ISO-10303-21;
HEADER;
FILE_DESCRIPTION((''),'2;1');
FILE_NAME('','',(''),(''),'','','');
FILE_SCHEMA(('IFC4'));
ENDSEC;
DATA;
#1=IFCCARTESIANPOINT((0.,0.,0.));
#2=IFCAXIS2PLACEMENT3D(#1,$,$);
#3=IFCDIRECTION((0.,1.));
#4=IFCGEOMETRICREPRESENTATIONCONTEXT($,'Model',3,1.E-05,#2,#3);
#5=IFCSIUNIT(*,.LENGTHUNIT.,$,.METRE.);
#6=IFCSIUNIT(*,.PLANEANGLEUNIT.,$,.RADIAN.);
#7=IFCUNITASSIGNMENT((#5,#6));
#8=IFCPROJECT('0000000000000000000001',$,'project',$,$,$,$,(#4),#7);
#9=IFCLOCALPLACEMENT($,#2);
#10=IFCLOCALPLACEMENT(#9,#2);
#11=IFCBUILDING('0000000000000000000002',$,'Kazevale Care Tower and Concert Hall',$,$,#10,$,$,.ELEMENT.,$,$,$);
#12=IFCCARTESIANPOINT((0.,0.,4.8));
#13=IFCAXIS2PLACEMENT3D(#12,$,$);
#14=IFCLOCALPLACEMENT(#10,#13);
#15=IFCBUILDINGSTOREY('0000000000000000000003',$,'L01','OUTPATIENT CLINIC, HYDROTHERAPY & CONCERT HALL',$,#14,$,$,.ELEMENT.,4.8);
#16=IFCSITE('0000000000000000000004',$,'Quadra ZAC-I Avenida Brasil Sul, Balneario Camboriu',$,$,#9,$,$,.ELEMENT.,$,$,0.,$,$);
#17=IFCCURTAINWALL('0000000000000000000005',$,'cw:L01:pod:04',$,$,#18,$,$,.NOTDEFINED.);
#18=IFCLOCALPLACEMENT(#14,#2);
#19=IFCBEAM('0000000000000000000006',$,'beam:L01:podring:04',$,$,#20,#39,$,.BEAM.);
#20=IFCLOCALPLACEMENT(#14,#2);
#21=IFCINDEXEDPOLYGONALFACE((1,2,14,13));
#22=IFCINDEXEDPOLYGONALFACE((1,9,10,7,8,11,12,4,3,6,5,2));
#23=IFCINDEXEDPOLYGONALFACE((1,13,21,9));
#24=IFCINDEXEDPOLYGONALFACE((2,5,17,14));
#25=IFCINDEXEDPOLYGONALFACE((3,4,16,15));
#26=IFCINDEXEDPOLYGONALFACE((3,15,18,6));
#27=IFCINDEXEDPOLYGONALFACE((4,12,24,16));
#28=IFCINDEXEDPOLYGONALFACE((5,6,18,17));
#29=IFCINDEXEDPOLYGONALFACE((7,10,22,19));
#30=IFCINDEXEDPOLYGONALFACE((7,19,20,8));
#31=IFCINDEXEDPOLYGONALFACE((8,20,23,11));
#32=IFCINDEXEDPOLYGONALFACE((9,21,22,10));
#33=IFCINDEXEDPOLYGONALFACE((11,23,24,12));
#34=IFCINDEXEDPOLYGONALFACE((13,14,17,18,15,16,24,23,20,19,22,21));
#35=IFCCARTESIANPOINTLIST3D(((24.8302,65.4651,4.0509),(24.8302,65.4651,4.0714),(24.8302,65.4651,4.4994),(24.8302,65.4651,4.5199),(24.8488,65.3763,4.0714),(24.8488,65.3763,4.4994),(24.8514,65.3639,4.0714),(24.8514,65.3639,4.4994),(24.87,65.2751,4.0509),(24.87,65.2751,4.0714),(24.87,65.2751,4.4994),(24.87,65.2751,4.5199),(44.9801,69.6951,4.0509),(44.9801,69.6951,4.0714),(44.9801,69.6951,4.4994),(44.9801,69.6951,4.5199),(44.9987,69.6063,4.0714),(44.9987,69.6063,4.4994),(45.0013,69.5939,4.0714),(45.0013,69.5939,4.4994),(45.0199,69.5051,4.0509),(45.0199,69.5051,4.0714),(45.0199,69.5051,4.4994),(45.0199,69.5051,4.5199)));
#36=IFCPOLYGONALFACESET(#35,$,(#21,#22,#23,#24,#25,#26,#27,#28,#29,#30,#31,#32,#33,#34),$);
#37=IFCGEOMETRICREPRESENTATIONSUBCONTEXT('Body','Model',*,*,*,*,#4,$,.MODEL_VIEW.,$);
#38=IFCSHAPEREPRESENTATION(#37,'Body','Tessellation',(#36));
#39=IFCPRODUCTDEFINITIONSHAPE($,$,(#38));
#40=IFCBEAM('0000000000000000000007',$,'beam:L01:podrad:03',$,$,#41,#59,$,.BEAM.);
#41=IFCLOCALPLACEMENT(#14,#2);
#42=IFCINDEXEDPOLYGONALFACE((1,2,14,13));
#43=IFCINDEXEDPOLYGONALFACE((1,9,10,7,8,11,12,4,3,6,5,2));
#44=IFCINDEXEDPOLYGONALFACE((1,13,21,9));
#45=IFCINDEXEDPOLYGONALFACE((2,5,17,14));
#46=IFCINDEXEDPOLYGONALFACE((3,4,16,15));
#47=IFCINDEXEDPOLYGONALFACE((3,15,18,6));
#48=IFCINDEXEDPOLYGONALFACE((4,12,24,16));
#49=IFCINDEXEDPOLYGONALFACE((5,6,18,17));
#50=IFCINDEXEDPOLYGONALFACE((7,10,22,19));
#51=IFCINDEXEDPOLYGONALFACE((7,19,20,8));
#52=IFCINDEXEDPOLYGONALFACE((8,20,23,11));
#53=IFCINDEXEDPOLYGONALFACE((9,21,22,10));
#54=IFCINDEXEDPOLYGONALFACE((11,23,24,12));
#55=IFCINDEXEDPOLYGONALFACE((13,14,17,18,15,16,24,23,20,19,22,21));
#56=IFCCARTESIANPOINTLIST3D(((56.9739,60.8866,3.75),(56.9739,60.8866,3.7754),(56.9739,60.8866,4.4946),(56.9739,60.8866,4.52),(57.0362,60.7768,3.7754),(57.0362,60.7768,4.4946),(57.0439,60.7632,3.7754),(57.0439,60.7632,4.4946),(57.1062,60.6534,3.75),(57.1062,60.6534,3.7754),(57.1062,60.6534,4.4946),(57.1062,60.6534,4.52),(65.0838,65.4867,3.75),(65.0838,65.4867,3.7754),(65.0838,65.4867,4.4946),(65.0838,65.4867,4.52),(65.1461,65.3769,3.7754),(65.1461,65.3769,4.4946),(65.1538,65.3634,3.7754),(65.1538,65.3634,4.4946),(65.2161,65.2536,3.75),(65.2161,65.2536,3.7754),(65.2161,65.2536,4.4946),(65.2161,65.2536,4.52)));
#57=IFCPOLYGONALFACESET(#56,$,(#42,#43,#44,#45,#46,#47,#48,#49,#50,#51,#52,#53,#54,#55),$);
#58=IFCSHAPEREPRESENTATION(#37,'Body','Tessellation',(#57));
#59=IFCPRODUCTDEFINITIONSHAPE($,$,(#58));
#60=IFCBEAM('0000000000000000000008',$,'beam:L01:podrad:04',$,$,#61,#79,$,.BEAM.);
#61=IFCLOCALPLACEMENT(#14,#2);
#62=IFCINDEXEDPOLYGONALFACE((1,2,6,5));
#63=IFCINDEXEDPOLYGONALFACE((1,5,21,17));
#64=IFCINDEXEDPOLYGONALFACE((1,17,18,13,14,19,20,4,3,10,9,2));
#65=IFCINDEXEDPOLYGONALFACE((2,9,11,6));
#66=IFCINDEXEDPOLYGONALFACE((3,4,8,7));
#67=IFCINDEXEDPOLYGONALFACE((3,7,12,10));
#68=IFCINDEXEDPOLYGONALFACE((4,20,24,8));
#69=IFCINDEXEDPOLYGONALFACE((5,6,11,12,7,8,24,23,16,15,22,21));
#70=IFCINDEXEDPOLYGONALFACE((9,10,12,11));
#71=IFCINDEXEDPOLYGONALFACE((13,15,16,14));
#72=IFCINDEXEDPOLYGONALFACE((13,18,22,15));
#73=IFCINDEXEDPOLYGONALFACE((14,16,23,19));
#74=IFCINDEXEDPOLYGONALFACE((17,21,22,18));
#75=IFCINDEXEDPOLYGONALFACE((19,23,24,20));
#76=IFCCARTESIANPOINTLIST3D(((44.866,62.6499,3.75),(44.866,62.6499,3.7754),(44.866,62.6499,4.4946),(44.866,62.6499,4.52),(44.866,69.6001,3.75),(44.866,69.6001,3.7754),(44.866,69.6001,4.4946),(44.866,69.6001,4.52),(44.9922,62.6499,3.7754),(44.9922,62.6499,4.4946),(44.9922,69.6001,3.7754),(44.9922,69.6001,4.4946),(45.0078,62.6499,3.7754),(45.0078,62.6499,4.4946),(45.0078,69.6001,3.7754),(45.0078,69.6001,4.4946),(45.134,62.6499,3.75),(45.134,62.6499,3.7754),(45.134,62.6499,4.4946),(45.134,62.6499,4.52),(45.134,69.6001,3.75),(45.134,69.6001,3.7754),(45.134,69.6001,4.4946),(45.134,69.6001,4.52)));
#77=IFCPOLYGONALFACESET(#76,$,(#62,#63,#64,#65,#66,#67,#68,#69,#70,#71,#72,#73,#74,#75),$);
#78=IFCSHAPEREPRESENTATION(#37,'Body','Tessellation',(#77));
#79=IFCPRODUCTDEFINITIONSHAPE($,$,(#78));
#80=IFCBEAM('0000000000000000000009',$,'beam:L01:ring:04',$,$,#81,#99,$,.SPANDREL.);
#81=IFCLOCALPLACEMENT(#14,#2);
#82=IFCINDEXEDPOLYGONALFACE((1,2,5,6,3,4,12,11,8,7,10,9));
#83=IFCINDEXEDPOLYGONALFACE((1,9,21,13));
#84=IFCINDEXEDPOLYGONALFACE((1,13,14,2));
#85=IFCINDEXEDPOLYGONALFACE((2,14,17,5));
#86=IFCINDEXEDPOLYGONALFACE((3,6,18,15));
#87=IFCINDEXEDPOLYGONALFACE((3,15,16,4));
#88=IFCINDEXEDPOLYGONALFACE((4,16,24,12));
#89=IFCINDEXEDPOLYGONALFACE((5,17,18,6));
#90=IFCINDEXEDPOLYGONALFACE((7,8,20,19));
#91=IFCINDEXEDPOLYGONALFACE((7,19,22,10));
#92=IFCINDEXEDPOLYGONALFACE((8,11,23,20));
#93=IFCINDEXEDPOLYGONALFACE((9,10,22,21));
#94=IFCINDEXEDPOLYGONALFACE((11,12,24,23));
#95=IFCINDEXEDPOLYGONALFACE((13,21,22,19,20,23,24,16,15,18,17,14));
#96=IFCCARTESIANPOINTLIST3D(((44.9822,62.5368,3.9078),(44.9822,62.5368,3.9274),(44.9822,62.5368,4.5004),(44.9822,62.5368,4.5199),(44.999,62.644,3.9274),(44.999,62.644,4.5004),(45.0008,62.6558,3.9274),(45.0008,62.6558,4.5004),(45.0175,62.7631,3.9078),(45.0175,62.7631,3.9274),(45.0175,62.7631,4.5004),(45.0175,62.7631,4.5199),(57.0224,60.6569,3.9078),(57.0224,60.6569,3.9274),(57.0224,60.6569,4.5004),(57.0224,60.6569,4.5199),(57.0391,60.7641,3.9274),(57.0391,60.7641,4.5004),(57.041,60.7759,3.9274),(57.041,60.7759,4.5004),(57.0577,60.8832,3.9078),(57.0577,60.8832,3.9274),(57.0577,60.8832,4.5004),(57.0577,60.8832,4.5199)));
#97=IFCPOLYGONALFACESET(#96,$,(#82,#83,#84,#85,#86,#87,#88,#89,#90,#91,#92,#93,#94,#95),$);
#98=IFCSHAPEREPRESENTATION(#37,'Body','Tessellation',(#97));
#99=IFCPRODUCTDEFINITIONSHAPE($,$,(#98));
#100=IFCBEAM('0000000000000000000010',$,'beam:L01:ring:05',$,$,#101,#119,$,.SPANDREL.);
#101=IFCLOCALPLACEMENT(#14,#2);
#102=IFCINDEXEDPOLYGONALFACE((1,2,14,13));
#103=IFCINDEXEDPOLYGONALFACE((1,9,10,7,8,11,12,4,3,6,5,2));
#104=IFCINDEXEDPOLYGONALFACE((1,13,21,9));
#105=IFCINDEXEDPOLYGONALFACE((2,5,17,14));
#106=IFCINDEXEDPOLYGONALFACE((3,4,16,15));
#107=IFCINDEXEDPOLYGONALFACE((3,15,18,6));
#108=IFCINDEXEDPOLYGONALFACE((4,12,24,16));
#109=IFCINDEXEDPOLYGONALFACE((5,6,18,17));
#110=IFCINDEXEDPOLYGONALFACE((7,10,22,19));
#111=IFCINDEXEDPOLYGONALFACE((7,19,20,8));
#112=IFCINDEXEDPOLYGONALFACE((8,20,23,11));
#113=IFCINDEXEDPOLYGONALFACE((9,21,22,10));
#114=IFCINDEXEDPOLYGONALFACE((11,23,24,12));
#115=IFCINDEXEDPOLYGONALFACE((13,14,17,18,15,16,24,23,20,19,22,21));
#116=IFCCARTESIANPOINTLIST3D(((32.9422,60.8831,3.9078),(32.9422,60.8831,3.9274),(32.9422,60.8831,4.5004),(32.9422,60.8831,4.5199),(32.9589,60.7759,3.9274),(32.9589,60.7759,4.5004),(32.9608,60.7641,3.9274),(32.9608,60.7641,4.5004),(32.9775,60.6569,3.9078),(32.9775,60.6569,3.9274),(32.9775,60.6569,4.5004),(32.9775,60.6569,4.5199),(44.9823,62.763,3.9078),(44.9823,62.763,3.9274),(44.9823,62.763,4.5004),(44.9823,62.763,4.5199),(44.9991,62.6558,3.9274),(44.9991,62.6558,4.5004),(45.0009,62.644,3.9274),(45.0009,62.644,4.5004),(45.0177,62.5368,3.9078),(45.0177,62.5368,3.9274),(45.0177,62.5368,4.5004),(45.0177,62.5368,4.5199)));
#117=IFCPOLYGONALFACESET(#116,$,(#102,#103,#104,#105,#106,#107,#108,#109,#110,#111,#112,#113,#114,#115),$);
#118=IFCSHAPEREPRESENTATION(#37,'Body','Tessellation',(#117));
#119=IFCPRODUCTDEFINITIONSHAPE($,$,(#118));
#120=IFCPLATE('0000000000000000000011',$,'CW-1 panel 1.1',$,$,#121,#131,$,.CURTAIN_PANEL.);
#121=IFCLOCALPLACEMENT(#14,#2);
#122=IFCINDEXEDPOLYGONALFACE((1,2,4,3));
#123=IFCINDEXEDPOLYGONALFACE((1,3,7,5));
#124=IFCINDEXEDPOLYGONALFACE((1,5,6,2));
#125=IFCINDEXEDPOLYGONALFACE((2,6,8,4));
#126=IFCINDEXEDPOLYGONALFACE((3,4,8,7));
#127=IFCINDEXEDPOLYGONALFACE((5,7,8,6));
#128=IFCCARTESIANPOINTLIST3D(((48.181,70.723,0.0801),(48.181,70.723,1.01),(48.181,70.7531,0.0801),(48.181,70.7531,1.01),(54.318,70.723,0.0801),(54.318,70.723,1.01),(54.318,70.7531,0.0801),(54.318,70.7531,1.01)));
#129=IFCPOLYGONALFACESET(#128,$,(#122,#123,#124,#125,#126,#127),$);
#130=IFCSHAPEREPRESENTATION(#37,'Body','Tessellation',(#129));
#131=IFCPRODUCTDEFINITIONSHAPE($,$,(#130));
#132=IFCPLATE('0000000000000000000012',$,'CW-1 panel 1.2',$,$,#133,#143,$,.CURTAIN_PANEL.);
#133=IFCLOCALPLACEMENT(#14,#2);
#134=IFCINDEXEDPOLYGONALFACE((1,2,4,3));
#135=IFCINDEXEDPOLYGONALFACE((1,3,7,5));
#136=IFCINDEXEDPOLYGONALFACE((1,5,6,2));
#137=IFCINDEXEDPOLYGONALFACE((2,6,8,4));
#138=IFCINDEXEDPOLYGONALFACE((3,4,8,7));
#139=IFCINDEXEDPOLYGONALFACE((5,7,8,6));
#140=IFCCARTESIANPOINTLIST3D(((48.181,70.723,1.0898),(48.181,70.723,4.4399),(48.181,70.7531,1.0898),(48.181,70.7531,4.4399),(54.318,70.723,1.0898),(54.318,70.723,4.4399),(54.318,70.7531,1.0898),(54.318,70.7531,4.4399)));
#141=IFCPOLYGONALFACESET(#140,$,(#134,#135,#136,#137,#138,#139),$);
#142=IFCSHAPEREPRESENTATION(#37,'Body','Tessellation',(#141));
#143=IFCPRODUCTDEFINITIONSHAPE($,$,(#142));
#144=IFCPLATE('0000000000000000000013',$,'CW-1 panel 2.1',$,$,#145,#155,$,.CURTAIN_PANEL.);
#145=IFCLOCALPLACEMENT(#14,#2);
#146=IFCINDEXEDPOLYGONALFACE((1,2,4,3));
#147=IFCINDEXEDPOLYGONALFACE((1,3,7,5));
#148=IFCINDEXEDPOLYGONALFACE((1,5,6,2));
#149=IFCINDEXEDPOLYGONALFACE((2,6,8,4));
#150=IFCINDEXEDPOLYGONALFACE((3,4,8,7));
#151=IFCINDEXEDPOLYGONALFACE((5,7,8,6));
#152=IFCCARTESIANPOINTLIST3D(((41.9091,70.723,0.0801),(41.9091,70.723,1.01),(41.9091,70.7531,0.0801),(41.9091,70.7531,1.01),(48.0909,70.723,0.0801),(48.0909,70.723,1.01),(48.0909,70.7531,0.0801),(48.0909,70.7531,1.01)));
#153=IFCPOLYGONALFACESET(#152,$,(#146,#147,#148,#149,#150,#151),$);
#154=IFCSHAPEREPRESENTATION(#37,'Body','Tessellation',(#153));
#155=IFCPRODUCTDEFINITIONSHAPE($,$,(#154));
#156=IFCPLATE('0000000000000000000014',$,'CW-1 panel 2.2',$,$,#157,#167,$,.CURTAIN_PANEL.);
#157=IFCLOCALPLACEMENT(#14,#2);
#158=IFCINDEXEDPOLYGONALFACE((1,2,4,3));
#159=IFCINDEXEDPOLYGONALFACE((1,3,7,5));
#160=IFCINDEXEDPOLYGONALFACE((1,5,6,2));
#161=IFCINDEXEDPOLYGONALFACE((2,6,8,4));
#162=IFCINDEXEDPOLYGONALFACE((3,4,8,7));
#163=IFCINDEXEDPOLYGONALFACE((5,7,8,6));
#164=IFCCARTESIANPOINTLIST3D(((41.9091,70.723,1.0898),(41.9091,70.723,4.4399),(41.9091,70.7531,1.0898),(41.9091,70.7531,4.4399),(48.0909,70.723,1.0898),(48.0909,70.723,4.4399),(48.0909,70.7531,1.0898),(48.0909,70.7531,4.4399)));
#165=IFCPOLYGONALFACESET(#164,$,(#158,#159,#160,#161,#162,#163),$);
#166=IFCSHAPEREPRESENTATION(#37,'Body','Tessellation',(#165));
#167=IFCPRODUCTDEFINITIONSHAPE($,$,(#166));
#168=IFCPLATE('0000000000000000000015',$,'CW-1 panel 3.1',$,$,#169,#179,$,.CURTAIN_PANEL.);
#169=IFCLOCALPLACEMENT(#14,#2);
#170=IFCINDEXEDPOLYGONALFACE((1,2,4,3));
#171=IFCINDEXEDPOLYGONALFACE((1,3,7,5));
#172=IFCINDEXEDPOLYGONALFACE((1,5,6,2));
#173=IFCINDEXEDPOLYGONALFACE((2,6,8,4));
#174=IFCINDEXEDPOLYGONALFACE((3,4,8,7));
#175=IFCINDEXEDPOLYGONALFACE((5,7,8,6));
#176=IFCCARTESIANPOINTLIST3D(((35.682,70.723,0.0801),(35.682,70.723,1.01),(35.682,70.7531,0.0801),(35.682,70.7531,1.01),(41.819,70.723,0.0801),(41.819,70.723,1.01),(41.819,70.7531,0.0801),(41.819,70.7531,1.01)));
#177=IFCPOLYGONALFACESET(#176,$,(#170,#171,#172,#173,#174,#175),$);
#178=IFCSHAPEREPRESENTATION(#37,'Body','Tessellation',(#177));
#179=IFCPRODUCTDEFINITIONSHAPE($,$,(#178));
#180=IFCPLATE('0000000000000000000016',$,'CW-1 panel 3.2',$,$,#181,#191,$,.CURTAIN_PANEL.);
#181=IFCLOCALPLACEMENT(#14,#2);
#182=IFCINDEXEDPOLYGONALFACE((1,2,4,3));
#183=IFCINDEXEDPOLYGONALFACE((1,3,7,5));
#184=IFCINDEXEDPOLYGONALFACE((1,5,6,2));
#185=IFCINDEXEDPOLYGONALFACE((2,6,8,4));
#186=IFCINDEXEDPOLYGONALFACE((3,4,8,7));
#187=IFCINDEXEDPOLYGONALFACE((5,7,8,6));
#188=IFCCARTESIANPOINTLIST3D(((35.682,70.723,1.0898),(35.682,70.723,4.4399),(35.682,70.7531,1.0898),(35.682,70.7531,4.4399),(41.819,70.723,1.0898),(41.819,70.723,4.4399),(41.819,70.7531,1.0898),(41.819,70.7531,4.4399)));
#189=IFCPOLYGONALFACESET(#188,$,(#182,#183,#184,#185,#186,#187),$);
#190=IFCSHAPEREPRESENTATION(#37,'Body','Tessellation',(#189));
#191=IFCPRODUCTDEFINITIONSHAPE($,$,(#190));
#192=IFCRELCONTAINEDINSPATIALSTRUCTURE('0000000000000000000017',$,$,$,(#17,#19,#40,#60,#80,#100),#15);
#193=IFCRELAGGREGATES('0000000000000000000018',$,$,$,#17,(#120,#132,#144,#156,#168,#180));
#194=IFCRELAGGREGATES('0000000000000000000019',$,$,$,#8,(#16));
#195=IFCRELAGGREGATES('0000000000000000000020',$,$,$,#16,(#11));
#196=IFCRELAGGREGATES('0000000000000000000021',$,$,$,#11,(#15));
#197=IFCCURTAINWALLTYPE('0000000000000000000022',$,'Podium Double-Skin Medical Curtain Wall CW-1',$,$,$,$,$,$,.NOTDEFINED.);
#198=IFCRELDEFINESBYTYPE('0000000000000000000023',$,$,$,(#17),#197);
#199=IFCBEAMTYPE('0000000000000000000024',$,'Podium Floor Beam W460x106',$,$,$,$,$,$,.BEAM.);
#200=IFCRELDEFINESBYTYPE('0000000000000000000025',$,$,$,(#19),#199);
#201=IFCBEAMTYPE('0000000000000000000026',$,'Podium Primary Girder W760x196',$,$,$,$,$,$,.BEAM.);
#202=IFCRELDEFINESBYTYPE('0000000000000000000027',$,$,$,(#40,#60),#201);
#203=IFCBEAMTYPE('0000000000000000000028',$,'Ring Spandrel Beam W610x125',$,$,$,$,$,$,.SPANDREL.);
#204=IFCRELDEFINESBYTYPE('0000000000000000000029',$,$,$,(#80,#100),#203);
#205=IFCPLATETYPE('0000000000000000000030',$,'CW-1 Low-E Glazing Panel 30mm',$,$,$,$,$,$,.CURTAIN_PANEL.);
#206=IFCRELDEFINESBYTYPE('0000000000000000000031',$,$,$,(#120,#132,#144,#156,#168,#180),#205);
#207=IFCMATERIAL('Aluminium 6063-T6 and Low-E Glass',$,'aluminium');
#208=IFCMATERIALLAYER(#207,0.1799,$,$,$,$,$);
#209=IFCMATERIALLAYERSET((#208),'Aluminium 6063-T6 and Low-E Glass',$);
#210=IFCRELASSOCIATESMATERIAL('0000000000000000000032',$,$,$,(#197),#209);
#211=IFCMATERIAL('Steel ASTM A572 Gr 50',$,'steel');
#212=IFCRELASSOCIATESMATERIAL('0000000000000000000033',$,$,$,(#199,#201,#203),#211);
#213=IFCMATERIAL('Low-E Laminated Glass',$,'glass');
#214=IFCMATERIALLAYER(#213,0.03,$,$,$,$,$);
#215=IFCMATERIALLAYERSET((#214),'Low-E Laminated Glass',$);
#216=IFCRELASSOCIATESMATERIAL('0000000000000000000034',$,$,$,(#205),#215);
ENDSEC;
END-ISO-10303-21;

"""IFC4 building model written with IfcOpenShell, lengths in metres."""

from ifc_helpers import new_model, si_unit, direction, frame, origin, origin_2d, place, context, subcontext, project, spatial, rectangle, i_section, extrude, material, layer, layer_set, material_profile, profile_set, type_object, element, aggregate, save


model = new_model("IFC4")

# Units and contexts
model_context = context("Model", 3, precision=1e-05, world=origin(), true_north=direction((0.0, 1.0)))
body_context = subcontext(model_context, "Body", "Model", "MODEL_VIEW")
ifc_project = project(units=[si_unit("LENGTHUNIT", "METRE"), si_unit("PLANEANGLEUNIT", "RADIAN")], contexts=[model_context])

# Site, building, storey
site_placement = place(None, origin())
site = spatial("IfcSite", under=ifc_project, at=site_placement, Name="Quadra ZAC-I Avenida Brasil Sul, Balneario Camboriu", CompositionType="ELEMENT", RefElevation=0.0)
building_placement = place(site_placement, origin())
building = spatial("IfcBuilding", under=site, at=building_placement, Name="Kazevale Care Tower and Concert Hall", CompositionType="ELEMENT")
storey_placement = place(building_placement, frame((0.0, 0.0, 4.8)))
storey = spatial("IfcBuildingStorey", under=building, at=storey_placement, Name="L01", Description="OUTPATIENT CLINIC, HYDROTHERAPY & CONCERT HALL", CompositionType="ELEMENT", Elevation=4.8)

# Curtain wall
ifc_material_1 = material(Name="Aluminium 6063-T6 and Low-E Glass", Category="aluminium")
ifc_layer_1 = layer(ifc_material_1, 0.1799)
ifc_layer_set_1 = layer_set([ifc_layer_1], Name="Aluminium 6063-T6 and Low-E Glass")
curtain_wall_type = type_object("IfcCurtainWallType", Name="Podium Double-Skin Medical Curtain Wall CW-1", PredefinedType="NOTDEFINED", material=ifc_layer_set_1)
curtain_wall_placement = place(storey_placement, origin())
curtain_wall = element("IfcCurtainWall", 1, at=curtain_wall_placement, inside=storey, type_object=curtain_wall_type, Name="cw:L01:pod:04", PredefinedType="NOTDEFINED")

# Beams
ifc_material_2 = material(Name="Steel ASTM A572 Gr 50", Category="steel")
ifc_material_profile_1 = material_profile(ifc_material_2, i_section(OverallWidth=0.1941, OverallDepth=0.469, WebThickness=0.0127, FlangeThickness=0.0205, at=origin_2d()), Name="W460x106")
ifc_profile_set_1 = profile_set([ifc_material_profile_1], Name="Steel ASTM A572 Gr 50")
beam_type_1 = type_object("IfcBeamType", Name="Podium Floor Beam W460x106", PredefinedType="BEAM", material=ifc_profile_set_1)
beam_1_placement = place(storey_placement, frame((45.0, 69.6001, 4.2854), z_axis=(-0.978668, -0.205448, 0.0), x_axis=(0.205448, -0.978668, 0.0)))
element("IfcBeam", 2, at=beam_1_placement, inside=storey, type_object=beam_type_1, Name="beam:L01:podring:04", PredefinedType="BEAM", context=body_context, shape_type="SweptSolid", body=[
    extrude(i_section(OverallWidth=0.1941, OverallDepth=0.469, WebThickness=0.0127, FlangeThickness=0.0205, at=origin_2d()), origin(), (0.0, 0.0, 1.0), 20.5891),
])
ifc_material_profile_2 = material_profile(ifc_material_2, i_section(OverallWidth=0.2681, OverallDepth=0.77, WebThickness=0.0156, FlangeThickness=0.0254, at=origin_2d()), Name="W760x196")
ifc_profile_set_2 = profile_set([ifc_material_profile_2], Name="Steel ASTM A572 Gr 50")
beam_type_2 = type_object("IfcBeamType", Name="Podium Primary Girder W760x196", PredefinedType="BEAM", material=ifc_profile_set_2)
beam_2_placement = place(storey_placement, frame((57.04, 60.77, 4.135), z_axis=(0.869815, 0.493379, 0.0), x_axis=(-0.493379, 0.869815, 0.0)))
element("IfcBeam", 3, at=beam_2_placement, inside=storey, type_object=beam_type_2, Name="beam:L01:podrad:03", PredefinedType="BEAM", context=body_context, shape_type="SweptSolid", body=[
    extrude(i_section(OverallWidth=0.2681, OverallDepth=0.77, WebThickness=0.0156, FlangeThickness=0.0254, at=origin_2d()), origin(), (0.0, 0.0, 1.0), 9.3237),
])
beam_3_placement = place(storey_placement, frame((45.0, 62.6499, 4.135), z_axis=(0.0, 1.0, 0.0), x_axis=(-1.0, 0.0, 0.0)))
element("IfcBeam", 4, at=beam_3_placement, inside=storey, type_object=beam_type_2, Name="beam:L01:podrad:04", PredefinedType="BEAM", context=body_context, shape_type="SweptSolid", body=[
    extrude(i_section(OverallWidth=0.2681, OverallDepth=0.77, WebThickness=0.0156, FlangeThickness=0.0254, at=origin_2d()), origin(), (0.0, 0.0, 1.0), 6.9502),
])
ifc_material_profile_3 = material_profile(ifc_material_2, i_section(OverallWidth=0.229, OverallDepth=0.6121, WebThickness=0.012, FlangeThickness=0.0195, at=origin_2d()), Name="W610x125")
ifc_profile_set_3 = profile_set([ifc_material_profile_3], Name="Steel ASTM A572 Gr 50")
beam_type_3 = type_object("IfcBeamType", Name="Ring Spandrel Beam W610x125", PredefinedType="SPANDREL", material=ifc_profile_set_3)
for number, where, z_axis, x_axis, name in (
    (5, (57.04, 60.77, 4.2139), (-0.988029, 0.154267, 0.0), (-0.154267, -0.988029, 0.0), "beam:L01:ring:04"),
    (6, (45.0, 62.6499, 4.2139), (-0.988029, -0.154267, 0.0), (0.154267, -0.988029, 0.0), "beam:L01:ring:05"),
):
    element("IfcBeam", number, at=place(storey_placement, frame(where, z_axis=z_axis, x_axis=x_axis)), inside=storey, type_object=beam_type_3, Name=name, PredefinedType="SPANDREL", context=body_context, shape_type="SweptSolid", body=[
        extrude(i_section(OverallWidth=0.229, OverallDepth=0.6121, WebThickness=0.012, FlangeThickness=0.0195, at=origin_2d()), origin(), (0.0, 0.0, 1.0), 12.186),
    ])

# Plates
ifc_material_3 = material(Name="Low-E Laminated Glass", Category="glass")
ifc_layer_2 = layer(ifc_material_3, 0.03)
ifc_layer_set_2 = layer_set([ifc_layer_2], Name="Low-E Laminated Glass")
plate_type = type_object("IfcPlateType", Name="CW-1 Low-E Glazing Panel 30mm", PredefinedType="CURTAIN_PANEL", material=ifc_layer_set_2)
plate_1_placement = place(storey_placement, frame((51.2495, 70.738, 0.0801), z_axis=(0.0, 0.0, 1.0), x_axis=(-1.0, 0.0, 0.0)))
plate_1 = element("IfcPlate", 7, at=plate_1_placement, type_object=plate_type, Name="CW-1 panel 1.1", PredefinedType="CURTAIN_PANEL", context=body_context, shape_type="SweptSolid", body=[
    extrude(rectangle(XDim=6.137, YDim=0.03, at=origin_2d()), origin(), (0.0, 0.0, 1.0), 0.9299),
])
plate_2_placement = place(storey_placement, frame((51.2495, 70.738, 1.0898), z_axis=(0.0, 0.0, 1.0), x_axis=(-1.0, 0.0, 0.0)))
plate_2 = element("IfcPlate", 8, at=plate_2_placement, type_object=plate_type, Name="CW-1 panel 1.2", PredefinedType="CURTAIN_PANEL", context=body_context, shape_type="SweptSolid", body=[
    extrude(rectangle(XDim=6.137, YDim=0.03, at=origin_2d()), origin(), (0.0, 0.0, 1.0), 3.3501),
])
plate_3_placement = place(storey_placement, frame((45.0, 70.738, 0.0801), z_axis=(0.0, 0.0, 1.0), x_axis=(-1.0, 0.0, 0.0)))
plate_3 = element("IfcPlate", 9, at=plate_3_placement, type_object=plate_type, Name="CW-1 panel 2.1", PredefinedType="CURTAIN_PANEL", context=body_context, shape_type="SweptSolid", body=[
    extrude(rectangle(XDim=6.1819, YDim=0.03, at=origin_2d()), origin(), (0.0, 0.0, 1.0), 0.9299),
])
plate_4_placement = place(storey_placement, frame((45.0, 70.738, 1.0898), z_axis=(0.0, 0.0, 1.0), x_axis=(-1.0, 0.0, 0.0)))
plate_4 = element("IfcPlate", 10, at=plate_4_placement, type_object=plate_type, Name="CW-1 panel 2.2", PredefinedType="CURTAIN_PANEL", context=body_context, shape_type="SweptSolid", body=[
    extrude(rectangle(XDim=6.1819, YDim=0.03, at=origin_2d()), origin(), (0.0, 0.0, 1.0), 3.3501),
])
plate_5_placement = place(storey_placement, frame((38.7505, 70.738, 0.0801), z_axis=(0.0, 0.0, 1.0), x_axis=(-1.0, 0.0, 0.0)))
plate_5 = element("IfcPlate", 11, at=plate_5_placement, type_object=plate_type, Name="CW-1 panel 3.1", PredefinedType="CURTAIN_PANEL", context=body_context, shape_type="SweptSolid", body=[
    extrude(rectangle(XDim=6.137, YDim=0.03, at=origin_2d()), origin(), (0.0, 0.0, 1.0), 0.9299),
])
plate_6_placement = place(storey_placement, frame((38.7505, 70.738, 1.0898), z_axis=(0.0, 0.0, 1.0), x_axis=(-1.0, 0.0, 0.0)))
plate_6 = element("IfcPlate", 12, at=plate_6_placement, type_object=plate_type, Name="CW-1 panel 3.2", PredefinedType="CURTAIN_PANEL", context=body_context, shape_type="SweptSolid", body=[
    extrude(rectangle(XDim=6.137, YDim=0.03, at=origin_2d()), origin(), (0.0, 0.0, 1.0), 3.3501),
])
aggregate(curtain_wall, [plate_1, plate_2, plate_3, plate_4, plate_5, plate_6])

save(model, "model.ifc")
